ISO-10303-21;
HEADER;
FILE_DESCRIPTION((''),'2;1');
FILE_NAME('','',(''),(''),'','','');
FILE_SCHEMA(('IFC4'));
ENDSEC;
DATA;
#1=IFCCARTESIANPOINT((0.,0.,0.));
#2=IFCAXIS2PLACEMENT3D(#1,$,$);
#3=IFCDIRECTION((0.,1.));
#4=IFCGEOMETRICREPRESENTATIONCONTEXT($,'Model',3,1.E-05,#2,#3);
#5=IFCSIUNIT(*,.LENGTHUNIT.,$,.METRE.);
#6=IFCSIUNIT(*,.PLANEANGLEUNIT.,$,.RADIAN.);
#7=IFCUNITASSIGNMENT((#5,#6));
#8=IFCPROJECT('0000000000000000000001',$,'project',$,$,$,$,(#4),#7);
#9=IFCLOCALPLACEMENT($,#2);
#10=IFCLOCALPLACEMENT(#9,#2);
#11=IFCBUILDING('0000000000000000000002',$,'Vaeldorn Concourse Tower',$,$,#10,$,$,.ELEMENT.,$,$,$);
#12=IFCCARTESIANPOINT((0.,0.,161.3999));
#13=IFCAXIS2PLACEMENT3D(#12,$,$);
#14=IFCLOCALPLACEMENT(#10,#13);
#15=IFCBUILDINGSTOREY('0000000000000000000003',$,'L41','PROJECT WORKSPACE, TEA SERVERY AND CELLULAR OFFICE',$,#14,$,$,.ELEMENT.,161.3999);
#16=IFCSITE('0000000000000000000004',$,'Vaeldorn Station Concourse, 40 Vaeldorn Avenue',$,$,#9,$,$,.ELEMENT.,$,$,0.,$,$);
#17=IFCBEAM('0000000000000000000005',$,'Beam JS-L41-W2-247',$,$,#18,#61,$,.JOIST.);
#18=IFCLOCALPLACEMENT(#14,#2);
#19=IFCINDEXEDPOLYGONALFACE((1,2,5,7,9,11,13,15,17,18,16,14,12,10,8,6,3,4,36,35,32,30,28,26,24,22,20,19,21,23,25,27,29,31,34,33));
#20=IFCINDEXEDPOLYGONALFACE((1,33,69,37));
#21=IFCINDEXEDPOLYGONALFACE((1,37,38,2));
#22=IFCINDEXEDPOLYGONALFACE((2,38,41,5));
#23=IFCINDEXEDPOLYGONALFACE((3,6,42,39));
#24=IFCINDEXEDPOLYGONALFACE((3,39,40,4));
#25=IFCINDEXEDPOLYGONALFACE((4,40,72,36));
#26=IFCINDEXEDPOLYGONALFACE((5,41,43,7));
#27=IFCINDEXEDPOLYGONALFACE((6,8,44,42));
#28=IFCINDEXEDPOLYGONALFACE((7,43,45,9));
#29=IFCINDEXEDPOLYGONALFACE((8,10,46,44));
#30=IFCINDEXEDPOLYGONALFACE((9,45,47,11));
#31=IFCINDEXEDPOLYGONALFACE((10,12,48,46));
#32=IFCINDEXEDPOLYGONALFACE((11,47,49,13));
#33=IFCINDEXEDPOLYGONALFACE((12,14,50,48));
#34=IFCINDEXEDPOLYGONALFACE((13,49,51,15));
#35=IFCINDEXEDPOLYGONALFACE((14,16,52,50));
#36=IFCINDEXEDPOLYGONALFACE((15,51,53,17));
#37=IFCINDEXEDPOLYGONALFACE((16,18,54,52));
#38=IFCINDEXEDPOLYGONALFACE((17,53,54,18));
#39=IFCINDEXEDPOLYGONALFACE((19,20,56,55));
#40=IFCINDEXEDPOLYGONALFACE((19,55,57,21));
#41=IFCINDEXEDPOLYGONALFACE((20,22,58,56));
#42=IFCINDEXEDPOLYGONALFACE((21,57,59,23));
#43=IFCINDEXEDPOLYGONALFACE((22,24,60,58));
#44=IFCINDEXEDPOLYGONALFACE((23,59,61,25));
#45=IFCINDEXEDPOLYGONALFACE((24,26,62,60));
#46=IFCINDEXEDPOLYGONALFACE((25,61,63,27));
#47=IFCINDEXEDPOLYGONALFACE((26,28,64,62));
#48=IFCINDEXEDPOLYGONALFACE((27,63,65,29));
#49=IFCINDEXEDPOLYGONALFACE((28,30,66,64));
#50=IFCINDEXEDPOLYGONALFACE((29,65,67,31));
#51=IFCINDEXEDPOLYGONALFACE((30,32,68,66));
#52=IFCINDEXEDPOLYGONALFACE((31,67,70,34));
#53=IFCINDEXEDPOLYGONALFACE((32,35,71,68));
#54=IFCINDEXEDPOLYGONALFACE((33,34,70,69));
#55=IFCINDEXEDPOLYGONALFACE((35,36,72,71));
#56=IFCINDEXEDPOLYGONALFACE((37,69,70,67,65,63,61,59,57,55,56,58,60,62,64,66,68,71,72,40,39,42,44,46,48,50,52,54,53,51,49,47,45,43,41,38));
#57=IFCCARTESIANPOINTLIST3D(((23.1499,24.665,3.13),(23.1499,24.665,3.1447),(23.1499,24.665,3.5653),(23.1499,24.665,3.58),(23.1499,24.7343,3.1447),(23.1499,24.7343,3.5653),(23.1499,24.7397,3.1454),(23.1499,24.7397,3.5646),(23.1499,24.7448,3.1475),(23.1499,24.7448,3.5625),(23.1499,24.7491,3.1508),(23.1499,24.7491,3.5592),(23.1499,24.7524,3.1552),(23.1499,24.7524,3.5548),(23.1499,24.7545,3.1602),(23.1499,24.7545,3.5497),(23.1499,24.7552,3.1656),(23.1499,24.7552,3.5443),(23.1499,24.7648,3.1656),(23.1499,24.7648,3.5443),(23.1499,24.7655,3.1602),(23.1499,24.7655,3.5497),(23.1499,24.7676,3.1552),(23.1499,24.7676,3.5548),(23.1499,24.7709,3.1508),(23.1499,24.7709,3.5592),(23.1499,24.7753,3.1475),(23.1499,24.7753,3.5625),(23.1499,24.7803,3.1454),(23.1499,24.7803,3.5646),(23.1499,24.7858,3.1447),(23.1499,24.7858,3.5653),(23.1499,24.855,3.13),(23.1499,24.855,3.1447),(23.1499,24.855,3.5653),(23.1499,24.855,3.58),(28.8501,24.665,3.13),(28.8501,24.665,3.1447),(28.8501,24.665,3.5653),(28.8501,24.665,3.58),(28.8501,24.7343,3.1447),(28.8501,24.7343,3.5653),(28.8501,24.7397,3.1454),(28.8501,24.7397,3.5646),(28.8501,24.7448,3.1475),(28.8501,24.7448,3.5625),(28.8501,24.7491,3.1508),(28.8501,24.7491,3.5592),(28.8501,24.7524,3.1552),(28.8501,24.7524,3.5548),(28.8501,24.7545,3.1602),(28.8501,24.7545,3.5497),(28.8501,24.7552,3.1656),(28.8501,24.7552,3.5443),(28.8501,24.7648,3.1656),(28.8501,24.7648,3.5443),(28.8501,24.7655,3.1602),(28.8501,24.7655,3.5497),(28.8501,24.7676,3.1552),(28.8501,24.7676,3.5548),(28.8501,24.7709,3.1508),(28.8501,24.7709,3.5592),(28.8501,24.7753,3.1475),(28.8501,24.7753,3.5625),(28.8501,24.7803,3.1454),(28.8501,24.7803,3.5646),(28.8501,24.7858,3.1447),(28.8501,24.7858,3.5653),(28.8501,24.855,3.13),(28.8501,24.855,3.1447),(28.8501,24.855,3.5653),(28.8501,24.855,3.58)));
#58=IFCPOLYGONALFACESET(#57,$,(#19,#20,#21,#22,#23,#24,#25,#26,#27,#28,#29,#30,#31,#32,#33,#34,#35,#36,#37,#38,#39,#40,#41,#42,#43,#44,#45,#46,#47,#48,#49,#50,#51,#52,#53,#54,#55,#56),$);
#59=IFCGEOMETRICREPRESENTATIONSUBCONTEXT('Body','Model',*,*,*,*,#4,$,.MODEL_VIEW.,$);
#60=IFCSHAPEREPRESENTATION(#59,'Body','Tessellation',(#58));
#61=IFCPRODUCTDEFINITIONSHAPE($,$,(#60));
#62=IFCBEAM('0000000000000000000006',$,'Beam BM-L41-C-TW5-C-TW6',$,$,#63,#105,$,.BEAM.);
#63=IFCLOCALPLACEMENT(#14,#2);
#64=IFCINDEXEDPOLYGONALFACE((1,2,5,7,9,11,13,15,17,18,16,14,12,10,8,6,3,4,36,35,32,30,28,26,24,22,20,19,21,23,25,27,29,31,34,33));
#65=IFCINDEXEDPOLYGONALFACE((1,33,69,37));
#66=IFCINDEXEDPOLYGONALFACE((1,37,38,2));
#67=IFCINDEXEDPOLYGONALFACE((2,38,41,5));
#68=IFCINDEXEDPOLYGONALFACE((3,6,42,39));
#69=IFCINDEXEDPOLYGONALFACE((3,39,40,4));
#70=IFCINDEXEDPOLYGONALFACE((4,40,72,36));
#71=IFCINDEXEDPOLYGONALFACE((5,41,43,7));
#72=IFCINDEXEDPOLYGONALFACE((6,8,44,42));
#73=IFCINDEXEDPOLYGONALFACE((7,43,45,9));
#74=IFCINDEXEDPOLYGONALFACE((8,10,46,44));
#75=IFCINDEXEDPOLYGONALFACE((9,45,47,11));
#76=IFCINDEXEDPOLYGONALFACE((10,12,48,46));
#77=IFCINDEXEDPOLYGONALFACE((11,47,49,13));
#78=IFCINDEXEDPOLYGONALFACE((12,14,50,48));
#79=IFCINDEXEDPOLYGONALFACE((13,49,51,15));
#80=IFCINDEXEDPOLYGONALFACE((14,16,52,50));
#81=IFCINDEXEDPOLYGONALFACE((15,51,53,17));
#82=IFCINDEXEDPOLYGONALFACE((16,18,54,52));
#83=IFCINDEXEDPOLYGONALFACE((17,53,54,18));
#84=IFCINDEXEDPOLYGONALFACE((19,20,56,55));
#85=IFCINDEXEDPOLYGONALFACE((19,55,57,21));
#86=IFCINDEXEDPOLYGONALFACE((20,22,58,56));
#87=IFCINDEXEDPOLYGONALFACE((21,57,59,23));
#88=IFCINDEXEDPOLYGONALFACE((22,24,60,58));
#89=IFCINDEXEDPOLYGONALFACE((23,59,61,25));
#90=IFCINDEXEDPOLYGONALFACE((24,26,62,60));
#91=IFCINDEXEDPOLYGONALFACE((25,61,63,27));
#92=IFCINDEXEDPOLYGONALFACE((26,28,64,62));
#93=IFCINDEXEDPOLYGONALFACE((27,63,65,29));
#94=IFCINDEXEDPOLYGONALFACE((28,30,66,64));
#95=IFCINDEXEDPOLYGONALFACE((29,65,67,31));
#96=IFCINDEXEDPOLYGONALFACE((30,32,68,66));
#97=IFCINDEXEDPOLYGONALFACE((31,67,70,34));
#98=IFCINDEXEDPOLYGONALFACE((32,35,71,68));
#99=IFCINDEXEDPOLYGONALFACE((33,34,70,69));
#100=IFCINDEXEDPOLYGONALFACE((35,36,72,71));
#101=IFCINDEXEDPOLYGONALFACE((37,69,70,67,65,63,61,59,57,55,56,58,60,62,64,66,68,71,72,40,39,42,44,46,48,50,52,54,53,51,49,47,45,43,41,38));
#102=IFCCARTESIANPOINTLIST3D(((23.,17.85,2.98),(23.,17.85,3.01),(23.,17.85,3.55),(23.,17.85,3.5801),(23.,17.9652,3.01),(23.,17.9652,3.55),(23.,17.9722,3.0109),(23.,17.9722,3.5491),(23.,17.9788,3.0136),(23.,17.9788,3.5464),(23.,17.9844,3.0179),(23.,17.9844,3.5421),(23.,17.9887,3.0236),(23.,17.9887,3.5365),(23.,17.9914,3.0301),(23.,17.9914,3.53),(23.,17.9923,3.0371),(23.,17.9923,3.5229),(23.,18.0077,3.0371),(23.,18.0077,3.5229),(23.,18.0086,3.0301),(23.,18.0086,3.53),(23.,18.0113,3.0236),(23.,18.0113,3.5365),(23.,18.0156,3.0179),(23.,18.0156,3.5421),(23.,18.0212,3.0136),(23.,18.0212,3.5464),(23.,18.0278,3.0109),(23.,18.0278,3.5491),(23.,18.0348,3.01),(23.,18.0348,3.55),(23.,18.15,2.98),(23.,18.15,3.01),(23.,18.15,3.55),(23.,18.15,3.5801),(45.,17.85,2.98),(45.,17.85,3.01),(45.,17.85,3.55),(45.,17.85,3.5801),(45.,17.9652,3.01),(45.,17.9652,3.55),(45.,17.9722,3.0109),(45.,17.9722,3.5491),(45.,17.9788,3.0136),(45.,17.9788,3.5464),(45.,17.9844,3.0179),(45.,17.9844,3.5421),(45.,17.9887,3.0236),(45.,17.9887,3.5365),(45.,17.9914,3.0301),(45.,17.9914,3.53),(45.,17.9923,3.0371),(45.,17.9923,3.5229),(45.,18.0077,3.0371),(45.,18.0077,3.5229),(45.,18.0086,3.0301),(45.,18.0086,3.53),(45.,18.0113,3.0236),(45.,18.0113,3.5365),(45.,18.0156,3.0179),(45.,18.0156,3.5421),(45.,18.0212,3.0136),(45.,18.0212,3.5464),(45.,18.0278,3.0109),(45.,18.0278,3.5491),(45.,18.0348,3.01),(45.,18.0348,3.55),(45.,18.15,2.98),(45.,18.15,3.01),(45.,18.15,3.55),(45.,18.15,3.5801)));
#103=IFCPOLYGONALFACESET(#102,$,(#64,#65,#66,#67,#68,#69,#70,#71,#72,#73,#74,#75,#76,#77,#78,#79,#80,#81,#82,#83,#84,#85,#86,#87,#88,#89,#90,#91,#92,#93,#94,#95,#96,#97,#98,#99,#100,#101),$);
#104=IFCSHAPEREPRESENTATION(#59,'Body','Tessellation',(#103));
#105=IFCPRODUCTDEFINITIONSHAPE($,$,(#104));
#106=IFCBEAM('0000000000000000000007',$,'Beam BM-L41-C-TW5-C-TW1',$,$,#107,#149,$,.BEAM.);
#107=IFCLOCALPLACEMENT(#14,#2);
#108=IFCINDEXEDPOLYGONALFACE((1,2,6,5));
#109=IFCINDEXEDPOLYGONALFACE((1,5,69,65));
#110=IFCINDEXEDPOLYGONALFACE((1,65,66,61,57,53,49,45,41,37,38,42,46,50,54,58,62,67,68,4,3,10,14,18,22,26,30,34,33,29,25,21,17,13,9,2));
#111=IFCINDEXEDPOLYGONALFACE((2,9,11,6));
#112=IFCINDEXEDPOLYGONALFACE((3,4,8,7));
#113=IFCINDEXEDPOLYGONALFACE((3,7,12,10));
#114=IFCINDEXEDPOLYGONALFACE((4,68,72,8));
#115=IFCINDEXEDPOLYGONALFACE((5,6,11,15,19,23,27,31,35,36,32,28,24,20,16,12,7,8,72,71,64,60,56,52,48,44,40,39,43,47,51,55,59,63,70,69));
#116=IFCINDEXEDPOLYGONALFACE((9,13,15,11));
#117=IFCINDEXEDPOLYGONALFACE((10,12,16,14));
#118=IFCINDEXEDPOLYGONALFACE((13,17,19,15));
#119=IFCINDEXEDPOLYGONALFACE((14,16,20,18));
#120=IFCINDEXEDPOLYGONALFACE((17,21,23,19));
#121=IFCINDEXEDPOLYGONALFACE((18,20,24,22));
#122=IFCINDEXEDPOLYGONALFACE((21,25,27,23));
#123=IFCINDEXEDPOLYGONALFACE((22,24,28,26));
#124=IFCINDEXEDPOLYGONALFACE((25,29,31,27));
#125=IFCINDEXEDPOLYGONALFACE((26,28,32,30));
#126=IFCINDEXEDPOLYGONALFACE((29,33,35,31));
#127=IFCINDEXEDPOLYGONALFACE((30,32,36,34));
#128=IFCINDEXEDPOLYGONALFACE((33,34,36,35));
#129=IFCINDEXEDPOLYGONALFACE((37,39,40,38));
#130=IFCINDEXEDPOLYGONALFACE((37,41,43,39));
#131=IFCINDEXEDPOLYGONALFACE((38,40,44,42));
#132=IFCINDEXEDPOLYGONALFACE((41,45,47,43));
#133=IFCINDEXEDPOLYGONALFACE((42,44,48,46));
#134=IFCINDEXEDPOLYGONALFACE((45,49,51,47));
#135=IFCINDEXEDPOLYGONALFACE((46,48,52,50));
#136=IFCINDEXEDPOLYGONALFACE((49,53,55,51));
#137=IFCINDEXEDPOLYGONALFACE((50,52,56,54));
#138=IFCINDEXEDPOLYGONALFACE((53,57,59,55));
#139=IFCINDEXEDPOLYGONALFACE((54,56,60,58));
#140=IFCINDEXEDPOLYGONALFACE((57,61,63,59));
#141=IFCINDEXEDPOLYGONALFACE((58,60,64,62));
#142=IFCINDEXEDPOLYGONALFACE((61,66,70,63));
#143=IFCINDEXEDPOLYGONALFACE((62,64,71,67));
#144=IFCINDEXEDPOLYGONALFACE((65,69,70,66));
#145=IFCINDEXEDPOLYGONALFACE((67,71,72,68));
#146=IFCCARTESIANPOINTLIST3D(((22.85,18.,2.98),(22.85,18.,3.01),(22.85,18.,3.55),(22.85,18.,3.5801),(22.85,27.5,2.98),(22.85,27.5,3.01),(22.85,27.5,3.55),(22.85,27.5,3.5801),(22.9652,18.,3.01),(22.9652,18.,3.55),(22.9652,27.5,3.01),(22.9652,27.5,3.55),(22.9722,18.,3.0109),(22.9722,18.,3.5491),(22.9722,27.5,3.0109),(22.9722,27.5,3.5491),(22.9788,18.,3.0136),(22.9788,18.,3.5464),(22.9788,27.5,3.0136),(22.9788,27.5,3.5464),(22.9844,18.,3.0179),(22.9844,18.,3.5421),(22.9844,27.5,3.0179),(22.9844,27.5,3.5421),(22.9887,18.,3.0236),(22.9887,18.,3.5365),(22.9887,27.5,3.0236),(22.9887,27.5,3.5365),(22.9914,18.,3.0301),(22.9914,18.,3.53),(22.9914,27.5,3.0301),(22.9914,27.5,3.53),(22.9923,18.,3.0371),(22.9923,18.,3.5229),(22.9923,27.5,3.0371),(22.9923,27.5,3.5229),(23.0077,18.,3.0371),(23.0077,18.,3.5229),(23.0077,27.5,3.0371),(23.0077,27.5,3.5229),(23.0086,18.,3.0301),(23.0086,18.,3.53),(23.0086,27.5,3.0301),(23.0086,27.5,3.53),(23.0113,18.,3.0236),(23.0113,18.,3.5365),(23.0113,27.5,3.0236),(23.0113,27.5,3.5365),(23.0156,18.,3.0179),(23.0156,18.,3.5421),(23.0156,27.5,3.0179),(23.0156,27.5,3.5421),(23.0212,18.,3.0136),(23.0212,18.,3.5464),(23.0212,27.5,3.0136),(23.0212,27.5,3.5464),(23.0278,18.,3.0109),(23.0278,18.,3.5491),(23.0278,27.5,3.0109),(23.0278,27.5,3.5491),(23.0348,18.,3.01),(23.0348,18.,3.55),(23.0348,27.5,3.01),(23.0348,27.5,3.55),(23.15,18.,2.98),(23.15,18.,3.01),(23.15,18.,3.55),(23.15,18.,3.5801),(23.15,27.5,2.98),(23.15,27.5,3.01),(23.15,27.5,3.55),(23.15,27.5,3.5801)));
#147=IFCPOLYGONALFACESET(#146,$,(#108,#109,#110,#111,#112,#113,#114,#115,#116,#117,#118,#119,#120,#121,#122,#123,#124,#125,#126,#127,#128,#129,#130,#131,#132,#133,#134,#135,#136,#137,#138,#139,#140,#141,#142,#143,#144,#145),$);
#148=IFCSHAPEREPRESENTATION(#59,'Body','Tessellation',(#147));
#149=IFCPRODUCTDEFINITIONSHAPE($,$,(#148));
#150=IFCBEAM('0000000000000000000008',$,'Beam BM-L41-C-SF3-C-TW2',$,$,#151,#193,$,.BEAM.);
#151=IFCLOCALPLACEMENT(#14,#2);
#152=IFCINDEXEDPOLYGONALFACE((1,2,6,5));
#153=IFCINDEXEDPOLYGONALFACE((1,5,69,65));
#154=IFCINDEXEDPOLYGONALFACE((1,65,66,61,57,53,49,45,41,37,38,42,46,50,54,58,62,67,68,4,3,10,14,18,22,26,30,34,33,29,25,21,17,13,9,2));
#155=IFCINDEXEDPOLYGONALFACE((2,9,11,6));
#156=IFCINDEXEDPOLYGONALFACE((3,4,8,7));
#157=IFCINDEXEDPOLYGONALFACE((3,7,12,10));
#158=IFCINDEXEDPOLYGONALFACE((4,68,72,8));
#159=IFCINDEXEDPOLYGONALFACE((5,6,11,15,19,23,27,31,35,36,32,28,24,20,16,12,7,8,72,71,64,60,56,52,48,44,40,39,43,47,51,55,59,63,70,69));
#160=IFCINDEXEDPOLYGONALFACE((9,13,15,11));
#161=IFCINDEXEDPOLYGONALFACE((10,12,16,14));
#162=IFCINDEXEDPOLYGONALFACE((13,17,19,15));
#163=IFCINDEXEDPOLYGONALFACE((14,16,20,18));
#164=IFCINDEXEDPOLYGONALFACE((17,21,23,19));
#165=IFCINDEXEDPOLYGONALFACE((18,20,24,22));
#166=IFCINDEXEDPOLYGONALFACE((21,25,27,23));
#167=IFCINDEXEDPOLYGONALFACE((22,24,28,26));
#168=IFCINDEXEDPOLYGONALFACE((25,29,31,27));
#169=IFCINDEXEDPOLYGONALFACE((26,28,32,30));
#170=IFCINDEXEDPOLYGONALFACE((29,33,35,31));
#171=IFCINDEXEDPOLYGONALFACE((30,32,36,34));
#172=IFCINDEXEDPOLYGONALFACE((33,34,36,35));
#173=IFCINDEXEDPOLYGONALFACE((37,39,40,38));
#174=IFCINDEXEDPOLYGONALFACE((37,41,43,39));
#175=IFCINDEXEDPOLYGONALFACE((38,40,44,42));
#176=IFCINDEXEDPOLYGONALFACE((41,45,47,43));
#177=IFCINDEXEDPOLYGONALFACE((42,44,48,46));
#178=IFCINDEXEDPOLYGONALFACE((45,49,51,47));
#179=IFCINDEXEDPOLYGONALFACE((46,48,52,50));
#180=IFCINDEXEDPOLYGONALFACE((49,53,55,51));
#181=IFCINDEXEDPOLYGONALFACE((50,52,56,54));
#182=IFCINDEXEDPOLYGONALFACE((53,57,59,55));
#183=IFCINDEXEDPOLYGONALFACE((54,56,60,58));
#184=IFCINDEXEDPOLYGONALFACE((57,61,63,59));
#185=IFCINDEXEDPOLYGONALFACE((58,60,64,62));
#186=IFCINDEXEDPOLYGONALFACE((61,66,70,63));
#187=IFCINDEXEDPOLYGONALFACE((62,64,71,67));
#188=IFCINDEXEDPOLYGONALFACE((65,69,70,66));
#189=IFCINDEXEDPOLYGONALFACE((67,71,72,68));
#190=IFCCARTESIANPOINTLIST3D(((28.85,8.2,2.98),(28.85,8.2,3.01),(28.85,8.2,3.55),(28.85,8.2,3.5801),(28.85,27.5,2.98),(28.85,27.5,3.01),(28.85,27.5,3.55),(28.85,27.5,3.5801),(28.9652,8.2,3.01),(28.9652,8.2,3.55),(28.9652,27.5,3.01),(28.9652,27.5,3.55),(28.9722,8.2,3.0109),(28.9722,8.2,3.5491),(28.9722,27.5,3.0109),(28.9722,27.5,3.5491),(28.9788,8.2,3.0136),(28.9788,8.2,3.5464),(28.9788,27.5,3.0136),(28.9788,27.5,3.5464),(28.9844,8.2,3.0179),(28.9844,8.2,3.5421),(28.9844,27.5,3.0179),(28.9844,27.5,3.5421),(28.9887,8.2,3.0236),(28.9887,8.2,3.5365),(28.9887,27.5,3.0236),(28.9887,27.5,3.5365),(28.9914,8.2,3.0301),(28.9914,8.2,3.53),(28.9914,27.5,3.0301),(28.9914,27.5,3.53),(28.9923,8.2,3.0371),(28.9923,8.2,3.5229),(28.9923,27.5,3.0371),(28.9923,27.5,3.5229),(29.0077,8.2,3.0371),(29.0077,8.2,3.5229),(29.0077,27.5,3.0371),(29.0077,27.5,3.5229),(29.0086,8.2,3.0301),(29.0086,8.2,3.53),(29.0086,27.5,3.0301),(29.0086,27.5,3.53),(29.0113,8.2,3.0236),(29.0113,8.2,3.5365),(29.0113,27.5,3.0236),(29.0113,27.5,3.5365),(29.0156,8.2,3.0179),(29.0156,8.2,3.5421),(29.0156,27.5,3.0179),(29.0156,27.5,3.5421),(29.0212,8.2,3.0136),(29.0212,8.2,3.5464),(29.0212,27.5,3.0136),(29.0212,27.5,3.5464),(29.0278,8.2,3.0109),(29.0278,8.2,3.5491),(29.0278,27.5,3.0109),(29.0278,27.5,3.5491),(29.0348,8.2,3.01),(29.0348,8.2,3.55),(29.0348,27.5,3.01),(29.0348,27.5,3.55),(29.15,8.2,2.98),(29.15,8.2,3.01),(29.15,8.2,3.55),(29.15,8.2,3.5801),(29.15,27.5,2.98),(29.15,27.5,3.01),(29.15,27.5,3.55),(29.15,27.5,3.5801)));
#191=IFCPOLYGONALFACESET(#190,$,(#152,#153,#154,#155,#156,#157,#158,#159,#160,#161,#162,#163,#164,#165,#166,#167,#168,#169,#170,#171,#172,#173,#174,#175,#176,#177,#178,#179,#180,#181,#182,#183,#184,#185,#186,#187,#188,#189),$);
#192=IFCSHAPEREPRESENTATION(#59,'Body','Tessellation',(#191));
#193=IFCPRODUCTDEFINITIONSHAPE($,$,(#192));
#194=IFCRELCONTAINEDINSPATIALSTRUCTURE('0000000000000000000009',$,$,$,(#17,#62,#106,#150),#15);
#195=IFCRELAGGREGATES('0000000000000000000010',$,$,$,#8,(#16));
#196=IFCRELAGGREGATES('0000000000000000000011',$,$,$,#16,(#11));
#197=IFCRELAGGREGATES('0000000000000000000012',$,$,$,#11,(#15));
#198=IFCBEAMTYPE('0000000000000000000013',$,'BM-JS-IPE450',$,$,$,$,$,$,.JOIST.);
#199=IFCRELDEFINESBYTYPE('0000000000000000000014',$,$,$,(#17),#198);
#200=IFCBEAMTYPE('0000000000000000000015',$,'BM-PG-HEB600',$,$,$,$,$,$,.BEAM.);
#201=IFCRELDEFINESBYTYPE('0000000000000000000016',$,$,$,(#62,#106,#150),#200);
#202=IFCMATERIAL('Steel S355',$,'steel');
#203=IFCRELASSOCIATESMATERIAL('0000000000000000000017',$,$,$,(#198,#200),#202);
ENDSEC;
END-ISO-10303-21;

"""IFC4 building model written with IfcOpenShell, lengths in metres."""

from ifc_helpers import new_model, si_unit, direction, frame, origin, origin_2d, place, context, subcontext, project, spatial, i_section, extrude, source, transform, mapped, material, material_profile, profile_set, type_object, element, save


model = new_model("IFC4")

# Units and contexts
model_context = context("Model", 3, precision=1e-05, world=origin(), true_north=direction((0.0, 1.0)))
body_context = subcontext(model_context, "Body", "Model", "MODEL_VIEW")
ifc_project = project(units=[si_unit("LENGTHUNIT", "METRE"), si_unit("PLANEANGLEUNIT", "RADIAN")], contexts=[model_context])

# Site, building, storey
site_placement = place(None, origin())
site = spatial("IfcSite", under=ifc_project, at=site_placement, Name="Vaeldorn Station Concourse, 40 Vaeldorn Avenue", CompositionType="ELEMENT", RefElevation=0.0)
building_placement = place(site_placement, origin())
building = spatial("IfcBuilding", under=site, at=building_placement, Name="Vaeldorn Concourse Tower", CompositionType="ELEMENT")
storey_placement = place(building_placement, frame((0.0, 0.0, 161.3999)))
storey = spatial("IfcBuildingStorey", under=building, at=storey_placement, Name="L41", Description="PROJECT WORKSPACE, TEA SERVERY AND CELLULAR OFFICE", CompositionType="ELEMENT", Elevation=161.3999)

# Beams
ifc_material_1 = material(Name="Steel S355", Category="steel")
ifc_material_profile_1 = material_profile(ifc_material_1, i_section(OverallWidth=0.1899, OverallDepth=0.45, WebThickness=0.0095, FlangeThickness=0.0146, FilletRadius=0.021, at=origin_2d()), Name="IPE 450")
ifc_profile_set_1 = profile_set([ifc_material_profile_1], Name="Steel S355")
beam_type_1 = type_object("IfcBeamType", Name="BM-JS-IPE450", PredefinedType="JOIST", material=ifc_profile_set_1)
shared_shape_1 = source(origin(), body_context, "Body", "SweptSolid", [
    extrude(i_section(OverallWidth=0.1899, OverallDepth=0.45, WebThickness=0.0095, FlangeThickness=0.0146, FilletRadius=0.021, at=origin_2d()), origin(), (0.0, 0.0, 1.0), 5.7002),
])
for number, where, z_axis, x_axis, name in (
    (1, (23.1499, 24.76, 3.355), (1.0, 0.0, 0.0), (0.0, 1.0, 0.0), "Beam JS-L41-W2-247"),
):
    element("IfcBeam", number, at=place(storey_placement, frame(where, z_axis=z_axis, x_axis=x_axis)), inside=storey, type_object=beam_type_1, Name=name, PredefinedType="JOIST", context=body_context, shape_type="MappedRepresentation", body=[
        mapped(shared_shape_1, transform((0.0, 0.0, 0.0), scale=1.0)),
    ])
ifc_material_profile_2 = material_profile(ifc_material_1, i_section(OverallWidth=0.3, OverallDepth=0.6001, WebThickness=0.0154, FlangeThickness=0.03, FilletRadius=0.0271, at=origin_2d()), Name="HEB 600")
ifc_profile_set_2 = profile_set([ifc_material_profile_2], Name="Steel S355")
beam_type_2 = type_object("IfcBeamType", Name="BM-PG-HEB600", PredefinedType="BEAM", material=ifc_profile_set_2)
shared_shape_2 = source(origin(), body_context, "Body", "SweptSolid", [
    extrude(i_section(OverallWidth=0.3, OverallDepth=0.6001, WebThickness=0.0154, FlangeThickness=0.03, FilletRadius=0.0271, at=origin_2d()), origin(), (0.0, 0.0, 1.0), 22.0),
])
beam_1_placement = place(storey_placement, frame((23.0, 18.0, 3.28), z_axis=(1.0, 0.0, 0.0), x_axis=(0.0, 1.0, 0.0)))
element("IfcBeam", 2, at=beam_1_placement, inside=storey, type_object=beam_type_2, Name="Beam BM-L41-C-TW5-C-TW6", PredefinedType="BEAM", context=body_context, shape_type="MappedRepresentation", body=[
    mapped(shared_shape_2, transform((0.0, 0.0, 0.0), scale=1.0)),
])
shared_shape_3 = source(origin(), body_context, "Body", "SweptSolid", [
    extrude(i_section(OverallWidth=0.3, OverallDepth=0.6001, WebThickness=0.0154, FlangeThickness=0.03, FilletRadius=0.0271, at=origin_2d()), origin(), (0.0, 0.0, 1.0), 9.5),
])
beam_2_placement = place(storey_placement, frame((23.0, 18.0, 3.28), z_axis=(0.0, 1.0, 0.0), x_axis=(-1.0, 0.0, 0.0)))
element("IfcBeam", 3, at=beam_2_placement, inside=storey, type_object=beam_type_2, Name="Beam BM-L41-C-TW5-C-TW1", PredefinedType="BEAM", context=body_context, shape_type="MappedRepresentation", body=[
    mapped(shared_shape_3, transform((0.0, 0.0, 0.0), scale=1.0)),
])
shared_shape_4 = source(origin(), body_context, "Body", "SweptSolid", [
    extrude(i_section(OverallWidth=0.3, OverallDepth=0.6001, WebThickness=0.0154, FlangeThickness=0.03, FilletRadius=0.0271, at=origin_2d()), origin(), (0.0, 0.0, 1.0), 19.3),
])
beam_3_placement = place(storey_placement, frame((29.0, 8.2, 3.28), z_axis=(0.0, 1.0, 0.0), x_axis=(-1.0, 0.0, 0.0)))
element("IfcBeam", 4, at=beam_3_placement, inside=storey, type_object=beam_type_2, Name="Beam BM-L41-C-SF3-C-TW2", PredefinedType="BEAM", context=body_context, shape_type="MappedRepresentation", body=[
    mapped(shared_shape_4, transform((0.0, 0.0, 0.0), scale=1.0)),
])

save(model, "model.ifc")
